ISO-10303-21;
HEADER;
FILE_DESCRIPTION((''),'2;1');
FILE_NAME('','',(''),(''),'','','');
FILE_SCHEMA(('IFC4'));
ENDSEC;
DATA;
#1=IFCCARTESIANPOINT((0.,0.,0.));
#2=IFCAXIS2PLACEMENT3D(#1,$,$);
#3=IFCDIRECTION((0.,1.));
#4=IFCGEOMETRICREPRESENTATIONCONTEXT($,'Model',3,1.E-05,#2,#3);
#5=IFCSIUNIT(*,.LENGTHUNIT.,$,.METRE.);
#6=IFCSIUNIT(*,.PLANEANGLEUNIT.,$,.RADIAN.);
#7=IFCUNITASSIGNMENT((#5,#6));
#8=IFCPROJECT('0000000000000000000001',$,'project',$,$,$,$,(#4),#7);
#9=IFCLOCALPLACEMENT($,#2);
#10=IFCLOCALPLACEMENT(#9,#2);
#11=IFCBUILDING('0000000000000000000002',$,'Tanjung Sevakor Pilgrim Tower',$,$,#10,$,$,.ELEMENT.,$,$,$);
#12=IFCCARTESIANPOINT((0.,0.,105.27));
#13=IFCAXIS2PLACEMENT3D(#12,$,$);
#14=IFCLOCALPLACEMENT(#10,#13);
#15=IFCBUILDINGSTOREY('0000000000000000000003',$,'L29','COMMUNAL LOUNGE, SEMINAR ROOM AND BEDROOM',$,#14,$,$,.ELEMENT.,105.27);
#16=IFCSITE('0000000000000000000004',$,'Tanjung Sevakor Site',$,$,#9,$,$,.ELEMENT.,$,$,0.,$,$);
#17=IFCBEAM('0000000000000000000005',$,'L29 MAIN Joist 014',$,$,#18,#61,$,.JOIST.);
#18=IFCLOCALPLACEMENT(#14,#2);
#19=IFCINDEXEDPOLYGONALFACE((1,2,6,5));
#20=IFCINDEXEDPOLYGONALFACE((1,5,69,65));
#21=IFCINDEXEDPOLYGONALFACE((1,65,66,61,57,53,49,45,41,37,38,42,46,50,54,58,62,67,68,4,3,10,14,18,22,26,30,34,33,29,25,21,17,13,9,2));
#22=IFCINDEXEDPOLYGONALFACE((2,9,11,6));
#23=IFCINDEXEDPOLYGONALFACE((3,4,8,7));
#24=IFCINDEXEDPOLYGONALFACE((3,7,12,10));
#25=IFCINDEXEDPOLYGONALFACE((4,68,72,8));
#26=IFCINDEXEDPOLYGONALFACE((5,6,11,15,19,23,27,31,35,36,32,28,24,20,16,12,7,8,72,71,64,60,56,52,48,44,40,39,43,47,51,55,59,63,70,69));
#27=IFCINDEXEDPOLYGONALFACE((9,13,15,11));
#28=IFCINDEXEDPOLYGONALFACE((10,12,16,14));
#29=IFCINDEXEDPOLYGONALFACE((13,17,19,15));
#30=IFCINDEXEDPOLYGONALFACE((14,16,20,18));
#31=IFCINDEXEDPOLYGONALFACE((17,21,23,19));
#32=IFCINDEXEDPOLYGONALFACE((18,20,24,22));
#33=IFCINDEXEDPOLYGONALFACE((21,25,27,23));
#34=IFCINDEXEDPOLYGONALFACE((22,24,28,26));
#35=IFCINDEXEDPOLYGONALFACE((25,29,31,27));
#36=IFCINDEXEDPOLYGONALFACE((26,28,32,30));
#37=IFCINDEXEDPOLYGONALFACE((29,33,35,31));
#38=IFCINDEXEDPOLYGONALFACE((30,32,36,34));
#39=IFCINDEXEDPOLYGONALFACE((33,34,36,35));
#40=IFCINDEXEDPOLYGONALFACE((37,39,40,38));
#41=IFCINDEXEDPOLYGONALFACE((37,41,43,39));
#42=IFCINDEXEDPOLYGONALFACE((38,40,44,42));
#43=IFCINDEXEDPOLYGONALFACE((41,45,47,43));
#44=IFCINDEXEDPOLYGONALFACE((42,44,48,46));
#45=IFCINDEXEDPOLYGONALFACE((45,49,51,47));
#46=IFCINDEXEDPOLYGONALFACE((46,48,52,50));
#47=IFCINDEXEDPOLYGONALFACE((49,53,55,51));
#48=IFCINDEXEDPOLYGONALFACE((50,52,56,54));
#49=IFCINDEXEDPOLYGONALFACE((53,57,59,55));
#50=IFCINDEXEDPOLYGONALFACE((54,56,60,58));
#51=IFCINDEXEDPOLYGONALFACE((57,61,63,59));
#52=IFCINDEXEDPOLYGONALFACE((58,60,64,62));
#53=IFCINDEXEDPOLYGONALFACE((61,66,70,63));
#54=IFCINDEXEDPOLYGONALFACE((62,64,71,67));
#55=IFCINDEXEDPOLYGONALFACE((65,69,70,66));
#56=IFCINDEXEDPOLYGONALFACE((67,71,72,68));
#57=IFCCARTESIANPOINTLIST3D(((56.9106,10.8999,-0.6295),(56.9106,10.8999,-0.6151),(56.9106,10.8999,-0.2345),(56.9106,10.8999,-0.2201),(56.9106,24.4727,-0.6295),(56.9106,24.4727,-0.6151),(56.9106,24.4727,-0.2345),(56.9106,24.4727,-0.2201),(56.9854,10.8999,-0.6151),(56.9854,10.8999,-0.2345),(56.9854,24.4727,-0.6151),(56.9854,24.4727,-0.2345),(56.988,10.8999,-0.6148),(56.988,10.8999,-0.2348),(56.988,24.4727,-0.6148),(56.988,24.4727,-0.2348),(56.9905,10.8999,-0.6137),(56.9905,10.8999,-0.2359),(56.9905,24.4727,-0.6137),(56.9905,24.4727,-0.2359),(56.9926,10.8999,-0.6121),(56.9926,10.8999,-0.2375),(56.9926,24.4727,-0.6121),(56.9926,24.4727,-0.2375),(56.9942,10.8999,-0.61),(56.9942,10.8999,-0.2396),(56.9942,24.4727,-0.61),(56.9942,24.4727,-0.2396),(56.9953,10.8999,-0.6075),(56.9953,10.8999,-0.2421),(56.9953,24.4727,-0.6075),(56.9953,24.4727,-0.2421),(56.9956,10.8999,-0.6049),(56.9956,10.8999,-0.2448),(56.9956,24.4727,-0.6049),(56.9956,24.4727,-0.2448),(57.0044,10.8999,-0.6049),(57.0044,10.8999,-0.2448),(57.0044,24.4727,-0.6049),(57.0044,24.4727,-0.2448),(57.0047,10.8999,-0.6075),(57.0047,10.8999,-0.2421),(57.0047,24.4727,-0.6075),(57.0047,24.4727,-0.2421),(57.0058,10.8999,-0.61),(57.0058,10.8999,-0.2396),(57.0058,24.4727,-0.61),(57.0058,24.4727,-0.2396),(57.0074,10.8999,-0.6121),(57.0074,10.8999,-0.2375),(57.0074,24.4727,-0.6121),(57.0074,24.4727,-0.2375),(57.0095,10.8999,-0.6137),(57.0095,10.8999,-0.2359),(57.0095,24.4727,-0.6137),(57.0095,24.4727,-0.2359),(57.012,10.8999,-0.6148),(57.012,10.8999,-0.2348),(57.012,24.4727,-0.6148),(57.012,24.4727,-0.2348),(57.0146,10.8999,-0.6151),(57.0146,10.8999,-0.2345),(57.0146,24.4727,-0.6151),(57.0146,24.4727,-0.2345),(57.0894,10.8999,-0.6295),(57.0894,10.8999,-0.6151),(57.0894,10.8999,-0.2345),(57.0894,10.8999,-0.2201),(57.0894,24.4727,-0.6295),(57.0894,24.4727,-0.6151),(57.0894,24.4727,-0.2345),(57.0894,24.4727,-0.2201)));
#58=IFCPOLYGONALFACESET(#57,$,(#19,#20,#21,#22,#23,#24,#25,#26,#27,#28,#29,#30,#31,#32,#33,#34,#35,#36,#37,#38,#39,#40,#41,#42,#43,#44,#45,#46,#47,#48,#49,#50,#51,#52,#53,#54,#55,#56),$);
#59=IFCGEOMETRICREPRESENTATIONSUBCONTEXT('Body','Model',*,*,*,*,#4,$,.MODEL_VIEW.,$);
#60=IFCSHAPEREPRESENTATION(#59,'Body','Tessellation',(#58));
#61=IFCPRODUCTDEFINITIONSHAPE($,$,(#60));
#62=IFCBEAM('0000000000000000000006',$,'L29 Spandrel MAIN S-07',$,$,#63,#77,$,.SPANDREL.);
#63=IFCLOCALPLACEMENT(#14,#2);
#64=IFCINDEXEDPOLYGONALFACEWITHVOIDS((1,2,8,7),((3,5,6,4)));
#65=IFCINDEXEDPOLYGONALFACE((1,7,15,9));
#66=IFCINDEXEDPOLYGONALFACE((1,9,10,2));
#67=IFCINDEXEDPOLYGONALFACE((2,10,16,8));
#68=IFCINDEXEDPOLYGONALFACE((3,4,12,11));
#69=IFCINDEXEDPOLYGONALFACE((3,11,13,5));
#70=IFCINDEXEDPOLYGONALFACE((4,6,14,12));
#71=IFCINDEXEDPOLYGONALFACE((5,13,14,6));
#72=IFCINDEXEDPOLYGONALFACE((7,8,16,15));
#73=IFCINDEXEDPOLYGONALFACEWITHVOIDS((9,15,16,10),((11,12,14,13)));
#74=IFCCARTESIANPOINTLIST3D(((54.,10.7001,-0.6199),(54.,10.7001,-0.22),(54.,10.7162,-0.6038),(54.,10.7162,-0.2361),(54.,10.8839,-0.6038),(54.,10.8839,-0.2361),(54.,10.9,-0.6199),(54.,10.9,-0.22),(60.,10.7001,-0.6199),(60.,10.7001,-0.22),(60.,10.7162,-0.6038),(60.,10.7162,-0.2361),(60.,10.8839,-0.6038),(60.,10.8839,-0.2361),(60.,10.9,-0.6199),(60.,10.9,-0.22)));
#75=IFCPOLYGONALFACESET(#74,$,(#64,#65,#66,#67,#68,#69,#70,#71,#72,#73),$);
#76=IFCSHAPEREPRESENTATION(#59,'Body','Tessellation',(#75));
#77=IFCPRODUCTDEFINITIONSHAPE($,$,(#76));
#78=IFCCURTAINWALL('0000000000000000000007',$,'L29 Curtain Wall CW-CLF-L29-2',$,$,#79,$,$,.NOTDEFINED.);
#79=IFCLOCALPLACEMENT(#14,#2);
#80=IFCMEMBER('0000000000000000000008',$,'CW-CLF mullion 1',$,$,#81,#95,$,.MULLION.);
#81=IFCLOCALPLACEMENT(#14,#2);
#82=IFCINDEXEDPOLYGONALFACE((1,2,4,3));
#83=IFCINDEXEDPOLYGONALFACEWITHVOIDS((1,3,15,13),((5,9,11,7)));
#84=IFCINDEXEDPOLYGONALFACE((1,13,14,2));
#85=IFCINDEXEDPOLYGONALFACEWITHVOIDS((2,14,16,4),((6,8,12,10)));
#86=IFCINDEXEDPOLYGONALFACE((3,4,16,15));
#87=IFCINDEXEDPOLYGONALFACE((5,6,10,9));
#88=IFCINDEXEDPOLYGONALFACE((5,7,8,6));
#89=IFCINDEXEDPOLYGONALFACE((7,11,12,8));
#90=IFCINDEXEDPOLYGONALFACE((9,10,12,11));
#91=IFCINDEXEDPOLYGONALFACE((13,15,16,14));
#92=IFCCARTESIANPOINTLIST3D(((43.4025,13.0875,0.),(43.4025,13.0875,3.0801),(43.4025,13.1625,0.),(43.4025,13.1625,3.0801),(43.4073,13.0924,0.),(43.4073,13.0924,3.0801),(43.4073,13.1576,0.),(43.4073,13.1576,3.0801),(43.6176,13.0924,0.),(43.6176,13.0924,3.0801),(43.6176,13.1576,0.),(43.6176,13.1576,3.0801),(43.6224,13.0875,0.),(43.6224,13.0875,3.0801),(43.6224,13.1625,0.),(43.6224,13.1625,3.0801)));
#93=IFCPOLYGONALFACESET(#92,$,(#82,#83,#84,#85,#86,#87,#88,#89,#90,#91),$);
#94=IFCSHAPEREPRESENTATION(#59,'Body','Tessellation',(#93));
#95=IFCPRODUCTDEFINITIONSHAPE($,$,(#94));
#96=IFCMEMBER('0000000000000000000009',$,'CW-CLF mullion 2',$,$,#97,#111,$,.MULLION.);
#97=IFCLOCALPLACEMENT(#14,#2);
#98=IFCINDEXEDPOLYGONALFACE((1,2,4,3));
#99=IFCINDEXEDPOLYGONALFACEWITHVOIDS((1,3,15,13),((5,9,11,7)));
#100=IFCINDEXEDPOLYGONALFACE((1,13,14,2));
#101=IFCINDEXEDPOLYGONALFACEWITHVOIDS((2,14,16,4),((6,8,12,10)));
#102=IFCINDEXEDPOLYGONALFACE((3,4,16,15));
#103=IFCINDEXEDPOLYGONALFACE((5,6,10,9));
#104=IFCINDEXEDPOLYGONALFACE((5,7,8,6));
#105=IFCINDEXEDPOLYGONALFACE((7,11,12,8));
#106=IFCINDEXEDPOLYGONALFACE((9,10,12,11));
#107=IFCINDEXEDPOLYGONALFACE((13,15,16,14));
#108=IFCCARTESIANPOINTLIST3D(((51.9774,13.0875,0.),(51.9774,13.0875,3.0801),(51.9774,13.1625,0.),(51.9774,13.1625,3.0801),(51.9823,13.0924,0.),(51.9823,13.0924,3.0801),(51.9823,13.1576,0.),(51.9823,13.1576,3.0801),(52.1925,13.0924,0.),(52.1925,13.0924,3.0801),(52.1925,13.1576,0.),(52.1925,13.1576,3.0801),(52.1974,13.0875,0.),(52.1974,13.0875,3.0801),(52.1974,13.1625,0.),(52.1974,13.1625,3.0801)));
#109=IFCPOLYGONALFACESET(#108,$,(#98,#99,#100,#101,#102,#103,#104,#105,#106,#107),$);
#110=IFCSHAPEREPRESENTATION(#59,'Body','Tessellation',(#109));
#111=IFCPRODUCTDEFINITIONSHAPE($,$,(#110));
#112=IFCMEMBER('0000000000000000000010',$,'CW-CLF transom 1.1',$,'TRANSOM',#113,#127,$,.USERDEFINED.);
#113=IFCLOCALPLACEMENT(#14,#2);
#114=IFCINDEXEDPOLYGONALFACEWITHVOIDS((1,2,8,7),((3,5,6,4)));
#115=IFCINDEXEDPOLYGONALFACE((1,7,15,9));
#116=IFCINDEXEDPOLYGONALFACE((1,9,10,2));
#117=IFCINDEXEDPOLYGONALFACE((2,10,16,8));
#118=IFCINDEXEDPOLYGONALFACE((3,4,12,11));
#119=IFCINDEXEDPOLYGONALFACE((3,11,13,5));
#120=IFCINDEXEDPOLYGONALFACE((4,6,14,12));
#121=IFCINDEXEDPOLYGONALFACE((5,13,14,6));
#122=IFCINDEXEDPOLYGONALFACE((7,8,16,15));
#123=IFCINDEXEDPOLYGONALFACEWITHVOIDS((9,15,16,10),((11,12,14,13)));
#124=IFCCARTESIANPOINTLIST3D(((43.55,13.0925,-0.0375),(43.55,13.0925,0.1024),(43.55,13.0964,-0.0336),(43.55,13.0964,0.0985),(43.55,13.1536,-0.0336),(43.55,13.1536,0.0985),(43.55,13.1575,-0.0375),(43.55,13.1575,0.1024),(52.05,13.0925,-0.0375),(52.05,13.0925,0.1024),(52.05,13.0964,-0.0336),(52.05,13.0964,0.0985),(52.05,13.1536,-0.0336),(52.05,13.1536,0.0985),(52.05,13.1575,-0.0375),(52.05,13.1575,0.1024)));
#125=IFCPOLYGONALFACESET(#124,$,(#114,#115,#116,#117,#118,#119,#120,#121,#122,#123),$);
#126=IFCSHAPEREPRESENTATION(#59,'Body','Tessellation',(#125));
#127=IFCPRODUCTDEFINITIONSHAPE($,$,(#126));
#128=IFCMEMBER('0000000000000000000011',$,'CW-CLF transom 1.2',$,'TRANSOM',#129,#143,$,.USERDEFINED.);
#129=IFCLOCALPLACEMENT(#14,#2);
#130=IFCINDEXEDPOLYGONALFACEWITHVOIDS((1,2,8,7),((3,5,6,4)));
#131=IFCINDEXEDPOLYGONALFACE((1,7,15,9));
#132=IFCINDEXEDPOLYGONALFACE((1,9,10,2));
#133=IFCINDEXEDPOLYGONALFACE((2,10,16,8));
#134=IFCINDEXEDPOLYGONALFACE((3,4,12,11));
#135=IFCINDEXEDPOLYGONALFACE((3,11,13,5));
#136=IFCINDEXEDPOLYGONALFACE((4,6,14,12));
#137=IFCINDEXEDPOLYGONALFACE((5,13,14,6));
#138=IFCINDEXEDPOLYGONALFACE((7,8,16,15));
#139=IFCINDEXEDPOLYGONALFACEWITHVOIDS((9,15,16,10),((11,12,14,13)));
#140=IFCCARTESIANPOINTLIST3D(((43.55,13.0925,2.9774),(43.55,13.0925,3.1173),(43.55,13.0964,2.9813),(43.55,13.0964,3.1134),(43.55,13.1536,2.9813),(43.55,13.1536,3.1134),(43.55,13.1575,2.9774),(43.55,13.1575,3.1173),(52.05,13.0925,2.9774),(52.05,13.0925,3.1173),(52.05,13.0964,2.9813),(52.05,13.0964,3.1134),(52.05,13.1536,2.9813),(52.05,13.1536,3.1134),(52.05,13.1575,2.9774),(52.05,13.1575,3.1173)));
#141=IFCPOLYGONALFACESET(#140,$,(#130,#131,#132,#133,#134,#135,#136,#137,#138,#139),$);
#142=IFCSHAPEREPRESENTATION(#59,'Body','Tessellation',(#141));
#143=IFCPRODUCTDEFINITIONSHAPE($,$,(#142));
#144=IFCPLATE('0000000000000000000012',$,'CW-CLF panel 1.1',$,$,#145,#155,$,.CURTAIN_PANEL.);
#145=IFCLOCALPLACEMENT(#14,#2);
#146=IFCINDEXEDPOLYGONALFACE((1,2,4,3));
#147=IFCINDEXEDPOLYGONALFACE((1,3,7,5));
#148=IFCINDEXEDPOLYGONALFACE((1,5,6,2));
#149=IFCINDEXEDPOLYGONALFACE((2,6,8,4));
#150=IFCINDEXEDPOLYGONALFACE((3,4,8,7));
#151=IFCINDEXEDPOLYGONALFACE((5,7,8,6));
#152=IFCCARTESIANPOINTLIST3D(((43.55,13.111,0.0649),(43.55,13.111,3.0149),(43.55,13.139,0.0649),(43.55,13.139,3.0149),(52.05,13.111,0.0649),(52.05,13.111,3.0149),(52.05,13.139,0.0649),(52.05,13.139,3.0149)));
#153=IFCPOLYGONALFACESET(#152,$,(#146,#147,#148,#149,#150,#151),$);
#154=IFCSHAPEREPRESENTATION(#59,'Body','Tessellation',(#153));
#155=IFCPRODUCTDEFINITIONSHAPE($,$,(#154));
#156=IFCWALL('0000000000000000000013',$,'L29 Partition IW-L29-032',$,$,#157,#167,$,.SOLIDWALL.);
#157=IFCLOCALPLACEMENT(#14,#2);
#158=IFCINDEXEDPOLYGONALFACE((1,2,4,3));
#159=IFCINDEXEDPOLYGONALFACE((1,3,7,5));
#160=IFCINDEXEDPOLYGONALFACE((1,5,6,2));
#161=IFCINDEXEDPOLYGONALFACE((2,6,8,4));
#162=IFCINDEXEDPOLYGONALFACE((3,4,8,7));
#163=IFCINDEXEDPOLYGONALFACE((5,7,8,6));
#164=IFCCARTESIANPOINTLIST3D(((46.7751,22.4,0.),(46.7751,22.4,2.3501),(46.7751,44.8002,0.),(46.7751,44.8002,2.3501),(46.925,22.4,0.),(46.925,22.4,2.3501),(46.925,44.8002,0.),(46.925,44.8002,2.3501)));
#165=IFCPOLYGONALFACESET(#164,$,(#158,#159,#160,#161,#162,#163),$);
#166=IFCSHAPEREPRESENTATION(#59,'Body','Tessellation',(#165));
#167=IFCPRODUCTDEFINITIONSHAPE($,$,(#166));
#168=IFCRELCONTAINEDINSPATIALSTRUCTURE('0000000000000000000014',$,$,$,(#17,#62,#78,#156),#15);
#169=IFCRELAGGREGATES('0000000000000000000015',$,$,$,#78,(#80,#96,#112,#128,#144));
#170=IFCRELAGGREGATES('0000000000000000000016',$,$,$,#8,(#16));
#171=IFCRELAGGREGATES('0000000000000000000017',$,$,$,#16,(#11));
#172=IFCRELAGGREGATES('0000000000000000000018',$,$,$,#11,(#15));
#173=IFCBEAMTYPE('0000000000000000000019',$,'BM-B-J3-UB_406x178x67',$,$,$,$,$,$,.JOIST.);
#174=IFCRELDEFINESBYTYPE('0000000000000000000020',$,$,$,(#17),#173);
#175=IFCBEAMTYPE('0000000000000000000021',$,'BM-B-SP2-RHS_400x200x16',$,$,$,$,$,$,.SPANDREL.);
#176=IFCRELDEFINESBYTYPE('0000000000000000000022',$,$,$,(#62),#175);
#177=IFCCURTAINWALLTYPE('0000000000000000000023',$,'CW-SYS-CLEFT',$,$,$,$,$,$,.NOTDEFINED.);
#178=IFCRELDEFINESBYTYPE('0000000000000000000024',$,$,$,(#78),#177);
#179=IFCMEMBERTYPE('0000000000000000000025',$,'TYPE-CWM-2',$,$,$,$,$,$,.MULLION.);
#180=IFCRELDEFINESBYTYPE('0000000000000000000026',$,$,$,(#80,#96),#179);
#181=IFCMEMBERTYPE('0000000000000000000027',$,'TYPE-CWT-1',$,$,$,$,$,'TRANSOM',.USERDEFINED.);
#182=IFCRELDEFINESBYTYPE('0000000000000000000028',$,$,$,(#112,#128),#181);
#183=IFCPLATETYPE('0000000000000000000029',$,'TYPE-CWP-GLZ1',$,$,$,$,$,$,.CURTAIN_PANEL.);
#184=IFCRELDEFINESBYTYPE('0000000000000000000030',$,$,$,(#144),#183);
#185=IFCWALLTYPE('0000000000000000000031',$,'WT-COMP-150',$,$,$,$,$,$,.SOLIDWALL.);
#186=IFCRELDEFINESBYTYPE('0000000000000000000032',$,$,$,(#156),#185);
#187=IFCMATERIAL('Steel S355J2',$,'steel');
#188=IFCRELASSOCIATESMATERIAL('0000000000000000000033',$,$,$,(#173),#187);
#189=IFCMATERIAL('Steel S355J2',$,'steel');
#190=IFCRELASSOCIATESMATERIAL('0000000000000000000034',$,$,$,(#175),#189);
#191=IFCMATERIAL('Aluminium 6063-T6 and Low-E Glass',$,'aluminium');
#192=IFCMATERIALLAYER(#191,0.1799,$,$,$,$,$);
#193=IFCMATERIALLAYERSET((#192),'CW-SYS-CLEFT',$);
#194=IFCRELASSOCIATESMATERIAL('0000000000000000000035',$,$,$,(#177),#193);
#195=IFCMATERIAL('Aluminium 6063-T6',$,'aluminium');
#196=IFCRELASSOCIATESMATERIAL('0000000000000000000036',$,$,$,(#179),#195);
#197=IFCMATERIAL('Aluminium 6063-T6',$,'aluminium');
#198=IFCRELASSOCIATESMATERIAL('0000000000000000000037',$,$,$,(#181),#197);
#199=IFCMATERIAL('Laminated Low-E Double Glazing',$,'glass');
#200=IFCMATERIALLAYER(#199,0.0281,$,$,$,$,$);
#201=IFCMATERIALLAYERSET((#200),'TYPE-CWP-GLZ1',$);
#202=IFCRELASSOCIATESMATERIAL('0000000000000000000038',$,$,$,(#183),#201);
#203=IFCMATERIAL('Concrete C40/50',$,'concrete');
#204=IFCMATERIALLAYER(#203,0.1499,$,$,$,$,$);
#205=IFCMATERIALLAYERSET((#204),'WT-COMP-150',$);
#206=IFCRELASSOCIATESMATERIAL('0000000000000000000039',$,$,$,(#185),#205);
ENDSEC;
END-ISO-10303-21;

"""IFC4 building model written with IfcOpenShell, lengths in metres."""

from ifc_helpers import new_model, si_unit, direction, frame, frame_2d, origin, origin_2d, place, context, subcontext, project, spatial, rectangle, hollow_rectangle, i_section, extrude, material, layer, layer_set, material_profile, profile_set, type_object, element, aggregate, save


model = new_model("IFC4")

# Units and contexts
model_context = context("Model", 3, precision=1e-05, world=origin(), true_north=direction((0.0, 1.0)))
body_context = subcontext(model_context, "Body", "Model", "MODEL_VIEW")
ifc_project = project(units=[si_unit("LENGTHUNIT", "METRE"), si_unit("PLANEANGLEUNIT", "RADIAN")], contexts=[model_context])

# Site, building, storey
site_placement = place(None, origin())
site = spatial("IfcSite", under=ifc_project, at=site_placement, Name="Tanjung Sevakor Site", CompositionType="ELEMENT", RefElevation=0.0)
building_placement = place(site_placement, origin())
building = spatial("IfcBuilding", under=site, at=building_placement, Name="Tanjung Sevakor Pilgrim Tower", CompositionType="ELEMENT")
storey_placement = place(building_placement, frame((0.0, 0.0, 105.27)))
storey = spatial("IfcBuildingStorey", under=building, at=storey_placement, Name="L29", Description="COMMUNAL LOUNGE, SEMINAR ROOM AND BEDROOM", CompositionType="ELEMENT", Elevation=105.27)

# Beams
ifc_material_1 = material(Name="Steel S355J2", Category="steel")
ifc_material_profile_1 = material_profile(ifc_material_1, i_section(OverallWidth=0.1787, OverallDepth=0.4094, WebThickness=0.0088, FlangeThickness=0.0144, FilletRadius=0.0103, at=origin_2d()))
ifc_profile_set_1 = profile_set([ifc_material_profile_1], Name="Steel S355J2")
beam_type_1 = type_object("IfcBeamType", Name="BM-B-J3-UB_406x178x67", PredefinedType="JOIST", material=ifc_profile_set_1)
beam_1_placement = place(storey_placement, frame((57.0, 10.8999, -0.4248), z_axis=(0.0, 1.0, 0.0), x_axis=(-1.0, 0.0, 0.0)))
element("IfcBeam", 1, at=beam_1_placement, inside=storey, type_object=beam_type_1, Name="L29 MAIN Joist 014", PredefinedType="JOIST", context=body_context, shape_type="SweptSolid", body=[
    extrude(i_section(OverallWidth=0.1787, OverallDepth=0.4094, WebThickness=0.0088, FlangeThickness=0.0144, FilletRadius=0.0103, at=origin_2d()), origin(), (0.0, 0.0, 1.0), 13.5728),
])
ifc_material_2 = material(Name="Steel S355J2", Category="steel")
ifc_material_profile_2 = material_profile(ifc_material_2, hollow_rectangle(XDim=0.2, YDim=0.3999, WallThickness=0.0161, at=origin_2d()))
ifc_profile_set_2 = profile_set([ifc_material_profile_2], Name="Steel S355J2")
beam_type_2 = type_object("IfcBeamType", Name="BM-B-SP2-RHS_400x200x16", PredefinedType="SPANDREL", material=ifc_profile_set_2)
beam_2_placement = place(storey_placement, frame((54.0, 10.8, -0.4199), z_axis=(1.0, 0.0, 0.0), x_axis=(0.0, 1.0, 0.0)))
element("IfcBeam", 2, at=beam_2_placement, inside=storey, type_object=beam_type_2, Name="L29 Spandrel MAIN S-07", PredefinedType="SPANDREL", context=body_context, shape_type="SweptSolid", body=[
    extrude(hollow_rectangle(XDim=0.2, YDim=0.3999, WallThickness=0.0161, at=origin_2d()), origin(), (0.0, 0.0, 1.0), 6.0),
])

# Curtain wall, members, plate
ifc_material_3 = material(Name="Aluminium 6063-T6 and Low-E Glass", Category="aluminium")
ifc_layer_1 = layer(ifc_material_3, 0.1799)
ifc_layer_set_1 = layer_set([ifc_layer_1], Name="CW-SYS-CLEFT")
curtain_wall_type = type_object("IfcCurtainWallType", Name="CW-SYS-CLEFT", PredefinedType="NOTDEFINED", material=ifc_layer_set_1)
curtain_wall_placement = place(storey_placement, origin())
curtain_wall = element("IfcCurtainWall", 3, at=curtain_wall_placement, inside=storey, type_object=curtain_wall_type, Name="L29 Curtain Wall CW-CLF-L29-2", PredefinedType="NOTDEFINED")
ifc_material_4 = material(Name="Aluminium 6063-T6", Category="aluminium")
ifc_material_profile_3 = material_profile(ifc_material_4, hollow_rectangle(XDim=0.075, YDim=0.22, WallThickness=0.0049, at=origin_2d()))
ifc_profile_set_3 = profile_set([ifc_material_profile_3], Name="Aluminium 6063-T6")
member_type_1 = type_object("IfcMemberType", Name="TYPE-CWM-2", PredefinedType="MULLION", material=ifc_profile_set_3)
member_1_placement = place(storey_placement, frame((43.5125, 13.125, 0.0), z_axis=(0.0, 0.0, 1.0), x_axis=(0.0, 1.0, 0.0)))
member_1 = element("IfcMember", 4, at=member_1_placement, type_object=member_type_1, Name="CW-CLF mullion 1", PredefinedType="MULLION", context=body_context, shape_type="SweptSolid", body=[
    extrude(hollow_rectangle(XDim=0.075, YDim=0.22, WallThickness=0.0049, at=origin_2d()), origin(), (0.0, 0.0, 1.0), 3.0801),
])
member_2_placement = place(storey_placement, frame((52.0874, 13.125, 0.0), z_axis=(0.0, 0.0, 1.0), x_axis=(0.0, 1.0, 0.0)))
member_2 = element("IfcMember", 5, at=member_2_placement, type_object=member_type_1, Name="CW-CLF mullion 2", PredefinedType="MULLION", context=body_context, shape_type="SweptSolid", body=[
    extrude(hollow_rectangle(XDim=0.075, YDim=0.22, WallThickness=0.0049, at=origin_2d()), origin(), (0.0, 0.0, 1.0), 3.0801),
])
ifc_material_5 = material(Name="Aluminium 6063-T6", Category="aluminium")
ifc_material_profile_4 = material_profile(ifc_material_5, hollow_rectangle(XDim=0.0649, YDim=0.1399, WallThickness=0.0039, at=origin_2d()))
ifc_profile_set_4 = profile_set([ifc_material_profile_4], Name="Aluminium 6063-T6")
member_type_2 = type_object("IfcMemberType", Name="TYPE-CWT-1", ElementType="TRANSOM", PredefinedType="USERDEFINED", material=ifc_profile_set_4)
member_3_placement = place(storey_placement, frame((43.55, 13.125, 0.0325), z_axis=(1.0, 0.0, 0.0), x_axis=(0.0, 1.0, 0.0)))
member_3 = element("IfcMember", 6, at=member_3_placement, type_object=member_type_2, Name="CW-CLF transom 1.1", ObjectType="TRANSOM", PredefinedType="USERDEFINED", context=body_context, shape_type="SweptSolid", body=[
    extrude(hollow_rectangle(XDim=0.0649, YDim=0.1399, WallThickness=0.0039, at=origin_2d()), origin(), (0.0, 0.0, 1.0), 8.5),
])
member_4_placement = place(storey_placement, frame((43.55, 13.125, 3.0474), z_axis=(1.0, 0.0, 0.0), x_axis=(0.0, 1.0, 0.0)))
member_4 = element("IfcMember", 7, at=member_4_placement, type_object=member_type_2, Name="CW-CLF transom 1.2", ObjectType="TRANSOM", PredefinedType="USERDEFINED", context=body_context, shape_type="SweptSolid", body=[
    extrude(hollow_rectangle(XDim=0.0649, YDim=0.1399, WallThickness=0.0039, at=origin_2d()), origin(), (0.0, 0.0, 1.0), 8.5),
])
ifc_material_6 = material(Name="Laminated Low-E Double Glazing", Category="glass")
ifc_layer_2 = layer(ifc_material_6, 0.0281)
ifc_layer_set_2 = layer_set([ifc_layer_2], Name="TYPE-CWP-GLZ1")
plate_type = type_object("IfcPlateType", Name="TYPE-CWP-GLZ1", PredefinedType="CURTAIN_PANEL", material=ifc_layer_set_2)
plate_placement = place(storey_placement, frame((47.8, 13.125, 0.0649), z_axis=(0.0, 0.0, 1.0), x_axis=(1.0, 0.0, 0.0)))
plate = element("IfcPlate", 8, at=plate_placement, type_object=plate_type, Name="CW-CLF panel 1.1", PredefinedType="CURTAIN_PANEL", context=body_context, shape_type="SweptSolid", body=[
    extrude(rectangle(XDim=8.5, YDim=0.0281, at=origin_2d()), origin(), (0.0, 0.0, 1.0), 2.95),
])
aggregate(curtain_wall, [member_1, member_2, member_3, member_4, plate])

# Wall
ifc_material_7 = material(Name="Concrete C40/50", Category="concrete")
ifc_layer_3 = layer(ifc_material_7, 0.1499)
ifc_layer_set_3 = layer_set([ifc_layer_3], Name="WT-COMP-150")
wall_type_1 = type_object("IfcWallType", Name="WT-COMP-150", PredefinedType="SOLIDWALL", material=ifc_layer_set_3)
wall_1_placement = place(storey_placement, frame((46.8501, 22.3999, 0.0), z_axis=(0.0, 0.0, 1.0), x_axis=(0.0, 1.0, 0.0)))
element("IfcWall", 9, at=wall_1_placement, inside=storey, type_object=wall_type_1, Name="L29 Partition IW-L29-032", PredefinedType="SOLIDWALL", context=body_context, shape_type="SweptSolid", body=[
    extrude(rectangle(XDim=22.4001, YDim=0.1499, at=frame_2d((11.2002, 0.0))), origin(), (0.0, 0.0, 1.0), 2.3501),
])

save(model, "model.ifc")
